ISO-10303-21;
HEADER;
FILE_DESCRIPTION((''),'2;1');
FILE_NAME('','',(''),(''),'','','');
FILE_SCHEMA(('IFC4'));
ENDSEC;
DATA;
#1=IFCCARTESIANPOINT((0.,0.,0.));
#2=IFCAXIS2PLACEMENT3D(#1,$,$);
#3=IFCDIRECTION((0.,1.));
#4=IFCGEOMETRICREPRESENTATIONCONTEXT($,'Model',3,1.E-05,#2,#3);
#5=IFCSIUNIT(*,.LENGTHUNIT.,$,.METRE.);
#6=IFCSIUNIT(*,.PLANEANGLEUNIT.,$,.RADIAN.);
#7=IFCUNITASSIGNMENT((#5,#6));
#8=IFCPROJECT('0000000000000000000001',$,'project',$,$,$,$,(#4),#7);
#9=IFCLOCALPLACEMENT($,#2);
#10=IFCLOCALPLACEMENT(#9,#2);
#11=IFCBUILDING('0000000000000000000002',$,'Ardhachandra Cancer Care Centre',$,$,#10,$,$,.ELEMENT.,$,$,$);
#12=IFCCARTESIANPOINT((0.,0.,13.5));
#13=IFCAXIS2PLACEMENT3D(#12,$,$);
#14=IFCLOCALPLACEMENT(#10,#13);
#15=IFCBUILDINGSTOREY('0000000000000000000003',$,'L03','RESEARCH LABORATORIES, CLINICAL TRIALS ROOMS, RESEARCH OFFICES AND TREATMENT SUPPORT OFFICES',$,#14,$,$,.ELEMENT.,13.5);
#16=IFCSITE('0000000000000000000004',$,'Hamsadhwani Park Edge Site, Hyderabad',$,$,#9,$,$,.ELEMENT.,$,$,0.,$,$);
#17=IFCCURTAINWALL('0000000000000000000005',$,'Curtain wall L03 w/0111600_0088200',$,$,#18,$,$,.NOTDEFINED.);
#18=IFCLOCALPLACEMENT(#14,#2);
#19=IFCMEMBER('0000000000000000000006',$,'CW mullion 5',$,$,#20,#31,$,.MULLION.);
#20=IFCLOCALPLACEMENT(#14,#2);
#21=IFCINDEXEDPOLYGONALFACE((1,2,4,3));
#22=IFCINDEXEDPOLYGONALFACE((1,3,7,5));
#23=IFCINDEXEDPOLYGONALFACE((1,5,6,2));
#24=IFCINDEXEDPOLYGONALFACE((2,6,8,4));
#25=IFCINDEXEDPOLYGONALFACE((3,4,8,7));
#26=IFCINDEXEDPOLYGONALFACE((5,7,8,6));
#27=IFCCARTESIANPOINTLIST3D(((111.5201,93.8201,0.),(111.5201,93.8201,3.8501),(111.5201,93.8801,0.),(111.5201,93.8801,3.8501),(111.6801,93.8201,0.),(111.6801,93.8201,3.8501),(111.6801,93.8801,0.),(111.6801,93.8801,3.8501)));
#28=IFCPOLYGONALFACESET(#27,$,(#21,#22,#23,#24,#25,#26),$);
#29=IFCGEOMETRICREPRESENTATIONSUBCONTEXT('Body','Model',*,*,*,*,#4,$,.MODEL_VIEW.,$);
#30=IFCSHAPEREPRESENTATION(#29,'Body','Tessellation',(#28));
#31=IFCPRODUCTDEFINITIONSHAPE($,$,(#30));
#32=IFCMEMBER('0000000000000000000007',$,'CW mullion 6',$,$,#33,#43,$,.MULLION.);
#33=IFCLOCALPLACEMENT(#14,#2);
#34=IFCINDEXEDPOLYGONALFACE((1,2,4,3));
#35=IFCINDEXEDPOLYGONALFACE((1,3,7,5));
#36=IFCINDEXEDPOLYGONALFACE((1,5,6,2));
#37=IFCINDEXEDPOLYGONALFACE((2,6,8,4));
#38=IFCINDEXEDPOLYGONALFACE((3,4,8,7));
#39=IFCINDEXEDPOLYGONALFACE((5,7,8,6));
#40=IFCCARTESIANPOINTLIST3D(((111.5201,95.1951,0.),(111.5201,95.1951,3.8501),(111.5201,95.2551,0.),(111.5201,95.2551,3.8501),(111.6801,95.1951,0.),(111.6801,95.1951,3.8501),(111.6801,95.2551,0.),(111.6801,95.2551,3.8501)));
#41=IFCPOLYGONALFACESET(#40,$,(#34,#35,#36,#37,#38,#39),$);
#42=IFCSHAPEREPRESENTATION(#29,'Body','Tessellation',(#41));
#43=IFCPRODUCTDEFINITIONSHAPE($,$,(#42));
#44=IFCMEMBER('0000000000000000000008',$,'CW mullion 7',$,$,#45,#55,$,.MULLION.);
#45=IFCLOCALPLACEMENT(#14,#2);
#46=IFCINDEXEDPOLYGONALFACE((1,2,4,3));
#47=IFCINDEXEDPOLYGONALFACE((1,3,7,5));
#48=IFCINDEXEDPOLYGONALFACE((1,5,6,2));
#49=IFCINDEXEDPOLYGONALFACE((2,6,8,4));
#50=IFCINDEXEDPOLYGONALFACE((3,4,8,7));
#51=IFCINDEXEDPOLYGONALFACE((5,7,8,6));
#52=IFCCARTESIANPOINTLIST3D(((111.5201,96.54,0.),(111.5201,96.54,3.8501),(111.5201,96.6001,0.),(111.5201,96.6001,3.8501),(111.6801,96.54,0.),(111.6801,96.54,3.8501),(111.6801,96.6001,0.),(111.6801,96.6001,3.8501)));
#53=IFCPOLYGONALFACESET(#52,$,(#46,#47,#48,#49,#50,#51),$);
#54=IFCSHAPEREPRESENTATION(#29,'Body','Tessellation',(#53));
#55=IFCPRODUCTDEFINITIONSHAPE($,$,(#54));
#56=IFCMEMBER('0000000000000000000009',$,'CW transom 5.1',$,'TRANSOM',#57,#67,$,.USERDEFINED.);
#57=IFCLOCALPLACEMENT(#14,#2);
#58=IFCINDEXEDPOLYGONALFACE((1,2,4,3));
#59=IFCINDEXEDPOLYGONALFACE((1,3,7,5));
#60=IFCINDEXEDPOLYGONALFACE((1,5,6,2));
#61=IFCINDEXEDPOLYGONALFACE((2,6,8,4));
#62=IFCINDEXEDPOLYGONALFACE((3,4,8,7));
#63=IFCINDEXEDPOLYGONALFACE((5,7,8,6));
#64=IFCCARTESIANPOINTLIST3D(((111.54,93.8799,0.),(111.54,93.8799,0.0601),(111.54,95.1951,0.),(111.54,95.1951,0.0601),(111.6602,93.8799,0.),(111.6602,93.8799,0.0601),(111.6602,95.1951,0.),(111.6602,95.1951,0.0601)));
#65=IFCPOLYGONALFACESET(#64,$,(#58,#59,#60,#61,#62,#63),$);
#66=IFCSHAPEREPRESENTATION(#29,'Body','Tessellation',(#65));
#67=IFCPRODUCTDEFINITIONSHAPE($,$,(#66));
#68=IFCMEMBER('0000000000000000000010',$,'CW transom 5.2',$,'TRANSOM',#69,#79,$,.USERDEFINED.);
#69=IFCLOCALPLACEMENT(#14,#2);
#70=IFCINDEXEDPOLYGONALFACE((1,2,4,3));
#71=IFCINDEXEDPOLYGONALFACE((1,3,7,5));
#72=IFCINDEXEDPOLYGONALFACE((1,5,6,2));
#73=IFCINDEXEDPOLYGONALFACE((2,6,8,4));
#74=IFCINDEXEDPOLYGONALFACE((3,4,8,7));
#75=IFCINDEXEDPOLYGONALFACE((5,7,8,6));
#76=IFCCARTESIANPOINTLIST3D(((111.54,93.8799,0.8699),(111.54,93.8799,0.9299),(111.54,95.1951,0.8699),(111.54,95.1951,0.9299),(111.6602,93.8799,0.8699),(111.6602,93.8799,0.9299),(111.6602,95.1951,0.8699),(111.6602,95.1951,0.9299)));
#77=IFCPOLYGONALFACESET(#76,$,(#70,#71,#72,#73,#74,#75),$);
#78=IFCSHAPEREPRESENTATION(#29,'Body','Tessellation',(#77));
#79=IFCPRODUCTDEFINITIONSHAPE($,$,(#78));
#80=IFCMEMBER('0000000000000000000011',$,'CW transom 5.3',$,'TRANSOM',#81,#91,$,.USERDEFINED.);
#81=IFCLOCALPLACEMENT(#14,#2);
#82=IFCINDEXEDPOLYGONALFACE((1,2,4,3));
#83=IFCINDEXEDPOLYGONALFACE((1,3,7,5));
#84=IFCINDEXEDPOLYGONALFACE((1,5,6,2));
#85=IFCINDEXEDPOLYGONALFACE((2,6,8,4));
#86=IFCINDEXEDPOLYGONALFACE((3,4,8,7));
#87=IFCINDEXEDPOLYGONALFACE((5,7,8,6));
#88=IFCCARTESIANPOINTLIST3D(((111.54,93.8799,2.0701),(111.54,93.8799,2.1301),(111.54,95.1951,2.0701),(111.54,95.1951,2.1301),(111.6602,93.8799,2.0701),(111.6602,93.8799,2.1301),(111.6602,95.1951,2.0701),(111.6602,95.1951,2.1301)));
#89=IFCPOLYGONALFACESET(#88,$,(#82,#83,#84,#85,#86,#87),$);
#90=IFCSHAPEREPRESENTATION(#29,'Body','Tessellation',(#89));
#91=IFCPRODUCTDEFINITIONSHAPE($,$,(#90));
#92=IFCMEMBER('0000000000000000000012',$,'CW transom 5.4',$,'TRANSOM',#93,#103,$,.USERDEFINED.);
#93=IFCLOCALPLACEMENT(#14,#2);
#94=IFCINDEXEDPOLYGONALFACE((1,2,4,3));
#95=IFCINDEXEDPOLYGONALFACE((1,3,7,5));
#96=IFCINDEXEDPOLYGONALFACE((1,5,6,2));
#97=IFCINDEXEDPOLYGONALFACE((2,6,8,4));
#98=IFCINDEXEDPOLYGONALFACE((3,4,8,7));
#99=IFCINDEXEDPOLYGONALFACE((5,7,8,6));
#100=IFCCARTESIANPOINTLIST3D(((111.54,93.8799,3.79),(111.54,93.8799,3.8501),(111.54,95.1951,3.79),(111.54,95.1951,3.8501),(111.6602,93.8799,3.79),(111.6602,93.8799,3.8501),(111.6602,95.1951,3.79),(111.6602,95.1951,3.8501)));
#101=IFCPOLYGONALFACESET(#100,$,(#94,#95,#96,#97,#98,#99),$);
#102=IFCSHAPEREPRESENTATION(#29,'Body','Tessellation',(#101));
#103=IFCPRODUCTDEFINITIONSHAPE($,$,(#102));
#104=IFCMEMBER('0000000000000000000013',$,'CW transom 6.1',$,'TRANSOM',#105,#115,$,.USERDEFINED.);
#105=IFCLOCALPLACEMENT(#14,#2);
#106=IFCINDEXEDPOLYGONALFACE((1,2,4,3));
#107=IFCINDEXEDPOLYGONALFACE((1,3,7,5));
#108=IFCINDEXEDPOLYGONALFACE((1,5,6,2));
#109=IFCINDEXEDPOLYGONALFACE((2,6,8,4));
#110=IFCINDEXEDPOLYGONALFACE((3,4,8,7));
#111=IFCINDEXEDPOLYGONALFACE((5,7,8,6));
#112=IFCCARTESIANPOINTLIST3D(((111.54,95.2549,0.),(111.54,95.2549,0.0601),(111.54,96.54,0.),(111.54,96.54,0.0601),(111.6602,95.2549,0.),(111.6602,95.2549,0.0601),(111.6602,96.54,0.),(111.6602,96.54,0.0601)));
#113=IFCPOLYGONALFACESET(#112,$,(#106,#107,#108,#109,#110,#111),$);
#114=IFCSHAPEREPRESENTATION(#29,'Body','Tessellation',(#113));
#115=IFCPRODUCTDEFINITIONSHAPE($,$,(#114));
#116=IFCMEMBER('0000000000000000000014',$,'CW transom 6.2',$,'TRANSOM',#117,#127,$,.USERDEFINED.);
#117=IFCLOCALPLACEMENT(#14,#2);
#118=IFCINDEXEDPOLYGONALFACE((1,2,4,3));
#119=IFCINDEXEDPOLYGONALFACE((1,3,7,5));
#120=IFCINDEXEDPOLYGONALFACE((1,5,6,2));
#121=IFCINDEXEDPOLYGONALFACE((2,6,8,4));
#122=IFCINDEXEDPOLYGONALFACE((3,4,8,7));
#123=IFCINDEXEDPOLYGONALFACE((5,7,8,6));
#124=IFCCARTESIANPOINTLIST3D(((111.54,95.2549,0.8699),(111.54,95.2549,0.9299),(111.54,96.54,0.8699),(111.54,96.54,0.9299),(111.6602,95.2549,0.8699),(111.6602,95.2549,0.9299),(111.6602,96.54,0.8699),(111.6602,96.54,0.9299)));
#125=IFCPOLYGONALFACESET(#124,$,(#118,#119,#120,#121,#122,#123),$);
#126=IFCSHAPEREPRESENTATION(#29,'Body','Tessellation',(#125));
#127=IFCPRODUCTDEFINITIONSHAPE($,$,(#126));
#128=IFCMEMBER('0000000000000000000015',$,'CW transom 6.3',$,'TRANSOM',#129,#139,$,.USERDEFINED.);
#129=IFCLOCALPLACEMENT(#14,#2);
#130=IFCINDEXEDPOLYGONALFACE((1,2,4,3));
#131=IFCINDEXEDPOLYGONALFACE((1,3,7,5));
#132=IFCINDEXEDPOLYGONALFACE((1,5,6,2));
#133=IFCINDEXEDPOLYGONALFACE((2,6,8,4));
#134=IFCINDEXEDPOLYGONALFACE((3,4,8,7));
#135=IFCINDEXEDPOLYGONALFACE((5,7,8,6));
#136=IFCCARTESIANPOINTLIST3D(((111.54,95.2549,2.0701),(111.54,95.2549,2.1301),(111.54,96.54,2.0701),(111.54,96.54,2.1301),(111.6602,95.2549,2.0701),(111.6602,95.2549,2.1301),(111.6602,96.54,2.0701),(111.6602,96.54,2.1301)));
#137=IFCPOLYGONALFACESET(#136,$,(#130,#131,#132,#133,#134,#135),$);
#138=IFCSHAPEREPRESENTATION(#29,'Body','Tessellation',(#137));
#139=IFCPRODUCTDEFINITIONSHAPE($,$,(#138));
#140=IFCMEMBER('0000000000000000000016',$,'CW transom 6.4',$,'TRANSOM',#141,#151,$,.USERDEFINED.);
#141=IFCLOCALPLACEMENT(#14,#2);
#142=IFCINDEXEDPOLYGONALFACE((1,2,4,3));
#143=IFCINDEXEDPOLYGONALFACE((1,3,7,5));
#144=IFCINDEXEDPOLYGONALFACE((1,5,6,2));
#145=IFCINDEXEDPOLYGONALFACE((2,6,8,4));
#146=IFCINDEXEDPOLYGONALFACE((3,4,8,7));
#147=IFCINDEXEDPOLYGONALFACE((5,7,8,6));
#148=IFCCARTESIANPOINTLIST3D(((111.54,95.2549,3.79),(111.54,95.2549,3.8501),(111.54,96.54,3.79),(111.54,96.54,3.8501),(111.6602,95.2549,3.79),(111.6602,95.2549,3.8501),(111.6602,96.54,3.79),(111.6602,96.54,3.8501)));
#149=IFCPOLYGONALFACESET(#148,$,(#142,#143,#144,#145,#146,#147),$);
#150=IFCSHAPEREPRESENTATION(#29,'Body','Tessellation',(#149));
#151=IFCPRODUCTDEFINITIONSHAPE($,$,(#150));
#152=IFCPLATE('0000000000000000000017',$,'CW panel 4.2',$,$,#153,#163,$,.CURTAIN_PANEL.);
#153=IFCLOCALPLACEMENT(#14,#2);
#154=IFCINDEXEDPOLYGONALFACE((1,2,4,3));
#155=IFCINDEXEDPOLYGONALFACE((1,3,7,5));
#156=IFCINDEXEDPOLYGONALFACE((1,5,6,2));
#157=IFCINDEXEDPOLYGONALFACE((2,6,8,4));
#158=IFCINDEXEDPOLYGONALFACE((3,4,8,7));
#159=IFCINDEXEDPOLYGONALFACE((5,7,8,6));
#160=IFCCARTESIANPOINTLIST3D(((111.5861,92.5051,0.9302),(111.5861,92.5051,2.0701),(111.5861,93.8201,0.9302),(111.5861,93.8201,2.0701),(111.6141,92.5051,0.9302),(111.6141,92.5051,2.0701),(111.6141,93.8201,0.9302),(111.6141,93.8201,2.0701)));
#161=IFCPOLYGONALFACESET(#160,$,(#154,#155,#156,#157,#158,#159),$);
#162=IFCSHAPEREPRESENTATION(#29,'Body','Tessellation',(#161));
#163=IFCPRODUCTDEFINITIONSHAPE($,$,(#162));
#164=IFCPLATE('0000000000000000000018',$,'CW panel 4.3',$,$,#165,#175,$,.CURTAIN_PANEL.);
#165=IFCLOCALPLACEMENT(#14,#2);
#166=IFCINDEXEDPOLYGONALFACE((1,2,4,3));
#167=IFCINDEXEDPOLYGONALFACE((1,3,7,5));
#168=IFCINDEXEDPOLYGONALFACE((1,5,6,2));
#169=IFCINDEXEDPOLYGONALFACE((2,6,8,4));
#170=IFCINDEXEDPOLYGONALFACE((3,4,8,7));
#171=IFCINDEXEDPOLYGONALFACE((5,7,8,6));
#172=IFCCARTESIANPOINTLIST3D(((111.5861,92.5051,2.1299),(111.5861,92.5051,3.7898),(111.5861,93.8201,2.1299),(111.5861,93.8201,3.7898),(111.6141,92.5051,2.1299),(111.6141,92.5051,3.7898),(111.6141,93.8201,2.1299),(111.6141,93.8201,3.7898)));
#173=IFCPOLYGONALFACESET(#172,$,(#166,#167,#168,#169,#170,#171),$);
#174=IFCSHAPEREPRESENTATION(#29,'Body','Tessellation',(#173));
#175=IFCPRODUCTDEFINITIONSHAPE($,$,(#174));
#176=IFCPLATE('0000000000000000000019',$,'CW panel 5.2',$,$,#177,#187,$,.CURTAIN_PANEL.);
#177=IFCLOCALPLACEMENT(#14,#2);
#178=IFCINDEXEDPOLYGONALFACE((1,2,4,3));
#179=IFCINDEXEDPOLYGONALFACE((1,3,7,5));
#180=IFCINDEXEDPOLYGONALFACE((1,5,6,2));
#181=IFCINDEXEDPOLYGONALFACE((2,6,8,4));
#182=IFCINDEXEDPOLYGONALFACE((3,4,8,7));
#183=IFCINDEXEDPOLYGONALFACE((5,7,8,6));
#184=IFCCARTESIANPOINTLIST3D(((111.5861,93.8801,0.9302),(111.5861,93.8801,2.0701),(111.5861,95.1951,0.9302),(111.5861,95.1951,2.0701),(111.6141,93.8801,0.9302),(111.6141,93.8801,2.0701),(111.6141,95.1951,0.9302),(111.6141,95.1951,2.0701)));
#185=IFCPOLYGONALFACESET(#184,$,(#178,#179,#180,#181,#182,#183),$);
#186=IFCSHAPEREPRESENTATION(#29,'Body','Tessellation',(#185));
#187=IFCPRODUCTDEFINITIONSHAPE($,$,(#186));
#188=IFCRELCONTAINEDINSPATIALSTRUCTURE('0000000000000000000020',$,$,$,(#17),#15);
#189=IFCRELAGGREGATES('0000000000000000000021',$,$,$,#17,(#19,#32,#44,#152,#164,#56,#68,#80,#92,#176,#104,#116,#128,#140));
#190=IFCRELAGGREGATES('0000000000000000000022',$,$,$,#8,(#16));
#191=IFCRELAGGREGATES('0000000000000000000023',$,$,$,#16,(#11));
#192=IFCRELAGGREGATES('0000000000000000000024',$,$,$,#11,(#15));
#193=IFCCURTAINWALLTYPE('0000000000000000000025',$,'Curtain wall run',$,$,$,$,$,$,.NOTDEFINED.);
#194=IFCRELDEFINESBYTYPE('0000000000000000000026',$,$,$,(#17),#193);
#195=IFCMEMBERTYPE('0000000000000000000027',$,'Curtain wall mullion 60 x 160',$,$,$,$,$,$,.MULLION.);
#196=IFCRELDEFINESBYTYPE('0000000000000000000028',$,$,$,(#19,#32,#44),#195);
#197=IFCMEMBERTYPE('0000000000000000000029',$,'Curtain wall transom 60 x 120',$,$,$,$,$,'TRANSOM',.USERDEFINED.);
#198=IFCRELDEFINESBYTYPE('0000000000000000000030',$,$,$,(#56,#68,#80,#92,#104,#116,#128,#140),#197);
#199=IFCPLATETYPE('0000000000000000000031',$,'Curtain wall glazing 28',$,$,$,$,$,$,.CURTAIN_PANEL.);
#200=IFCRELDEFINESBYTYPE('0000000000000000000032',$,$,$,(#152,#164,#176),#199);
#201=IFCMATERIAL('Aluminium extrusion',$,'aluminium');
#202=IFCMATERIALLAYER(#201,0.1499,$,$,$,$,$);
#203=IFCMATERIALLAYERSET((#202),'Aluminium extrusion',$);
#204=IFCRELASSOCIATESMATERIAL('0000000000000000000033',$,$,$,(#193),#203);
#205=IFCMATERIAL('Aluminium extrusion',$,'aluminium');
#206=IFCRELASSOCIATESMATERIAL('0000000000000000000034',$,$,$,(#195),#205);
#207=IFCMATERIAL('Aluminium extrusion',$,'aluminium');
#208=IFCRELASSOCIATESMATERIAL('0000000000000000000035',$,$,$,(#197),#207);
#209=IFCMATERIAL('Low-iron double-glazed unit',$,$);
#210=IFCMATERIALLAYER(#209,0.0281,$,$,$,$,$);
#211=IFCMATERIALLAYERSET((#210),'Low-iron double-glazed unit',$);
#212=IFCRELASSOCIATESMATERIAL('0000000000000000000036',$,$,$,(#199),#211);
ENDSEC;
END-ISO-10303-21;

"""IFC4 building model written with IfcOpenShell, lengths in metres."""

from ifc_helpers import new_model, si_unit, direction, frame, origin, origin_2d, place, context, subcontext, project, spatial, rectangle, extrude, material, layer, layer_set, material_profile, profile_set, type_object, element, aggregate, save


model = new_model("IFC4")

# Units and contexts
model_context = context("Model", 3, precision=1e-05, world=origin(), true_north=direction((0.0, 1.0)))
body_context = subcontext(model_context, "Body", "Model", "MODEL_VIEW")
ifc_project = project(units=[si_unit("LENGTHUNIT", "METRE"), si_unit("PLANEANGLEUNIT", "RADIAN")], contexts=[model_context])

# Site, building, storey
site_placement = place(None, origin())
site = spatial("IfcSite", under=ifc_project, at=site_placement, Name="Hamsadhwani Park Edge Site, Hyderabad", CompositionType="ELEMENT", RefElevation=0.0)
building_placement = place(site_placement, origin())
building = spatial("IfcBuilding", under=site, at=building_placement, Name="Ardhachandra Cancer Care Centre", CompositionType="ELEMENT")
storey_placement = place(building_placement, frame((0.0, 0.0, 13.5)))
storey = spatial("IfcBuildingStorey", under=building, at=storey_placement, Name="L03", Description="RESEARCH LABORATORIES, CLINICAL TRIALS ROOMS, RESEARCH OFFICES AND TREATMENT SUPPORT OFFICES", CompositionType="ELEMENT", Elevation=13.5)

# Curtain wall, members, plates
ifc_material_1 = material(Name="Aluminium extrusion", Category="aluminium")
ifc_layer_1 = layer(ifc_material_1, 0.1499)
ifc_layer_set_1 = layer_set([ifc_layer_1], Name="Aluminium extrusion")
curtain_wall_type = type_object("IfcCurtainWallType", Name="Curtain wall run", PredefinedType="NOTDEFINED", material=ifc_layer_set_1)
curtain_wall_placement = place(storey_placement, origin())
curtain_wall = element("IfcCurtainWall", 1, at=curtain_wall_placement, inside=storey, type_object=curtain_wall_type, Name="Curtain wall L03 w/0111600_0088200", PredefinedType="NOTDEFINED")
ifc_material_2 = material(Name="Aluminium extrusion", Category="aluminium")
ifc_material_profile_1 = material_profile(ifc_material_2, rectangle(XDim=0.1599, YDim=0.0601, at=origin_2d()), Name="Curtain wall mullion 60 x 160")
ifc_profile_set_1 = profile_set([ifc_material_profile_1], Name="Aluminium extrusion")
member_type_1 = type_object("IfcMemberType", Name="Curtain wall mullion 60 x 160", PredefinedType="MULLION", material=ifc_profile_set_1)
member_1_placement = place(storey_placement, frame((111.6001, 93.8501, 0.0), z_axis=(0.0, 0.0, 1.0), x_axis=(-1.0, 0.0, 0.0)))
member_1 = element("IfcMember", 2, at=member_1_placement, type_object=member_type_1, Name="CW mullion 5", PredefinedType="MULLION", context=body_context, shape_type="SweptSolid", body=[
    extrude(rectangle(XDim=0.1599, YDim=0.0601, at=origin_2d()), origin(), (0.0, 0.0, 1.0), 3.8501),
])
member_2_placement = place(storey_placement, frame((111.6001, 95.2251, 0.0), z_axis=(0.0, 0.0, 1.0), x_axis=(-1.0, 0.0, 0.0)))
member_2 = element("IfcMember", 3, at=member_2_placement, type_object=member_type_1, Name="CW mullion 6", PredefinedType="MULLION", context=body_context, shape_type="SweptSolid", body=[
    extrude(rectangle(XDim=0.1599, YDim=0.0601, at=origin_2d()), origin(), (0.0, 0.0, 1.0), 3.8501),
])
member_3_placement = place(storey_placement, frame((111.6001, 96.5701, 0.0), z_axis=(0.0, 0.0, 1.0), x_axis=(-1.0, 0.0, 0.0)))
member_3 = element("IfcMember", 4, at=member_3_placement, type_object=member_type_1, Name="CW mullion 7", PredefinedType="MULLION", context=body_context, shape_type="SweptSolid", body=[
    extrude(rectangle(XDim=0.1599, YDim=0.0601, at=origin_2d()), origin(), (0.0, 0.0, 1.0), 3.8501),
])
ifc_material_3 = material(Name="Aluminium extrusion", Category="aluminium")
ifc_material_profile_2 = material_profile(ifc_material_3, rectangle(XDim=0.1201, YDim=0.0601, at=origin_2d()), Name="Curtain wall transom 60 x 120")
ifc_profile_set_2 = profile_set([ifc_material_profile_2], Name="Aluminium extrusion")
member_type_2 = type_object("IfcMemberType", Name="Curtain wall transom 60 x 120", ElementType="TRANSOM", PredefinedType="USERDEFINED", material=ifc_profile_set_2)
member_4_placement = place(storey_placement, frame((111.6001, 93.8799, 0.03), z_axis=(0.0, 1.0, 0.0), x_axis=(-1.0, 0.0, 0.0)))
member_4 = element("IfcMember", 5, at=member_4_placement, type_object=member_type_2, Name="CW transom 5.1", ObjectType="TRANSOM", PredefinedType="USERDEFINED", context=body_context, shape_type="SweptSolid", body=[
    extrude(rectangle(XDim=0.1201, YDim=0.0601, at=origin_2d()), origin(), (0.0, 0.0, 1.0), 1.3152),
])
member_5_placement = place(storey_placement, frame((111.6001, 93.8799, 0.8999), z_axis=(0.0, 1.0, 0.0), x_axis=(-1.0, 0.0, 0.0)))
member_5 = element("IfcMember", 6, at=member_5_placement, type_object=member_type_2, Name="CW transom 5.2", ObjectType="TRANSOM", PredefinedType="USERDEFINED", context=body_context, shape_type="SweptSolid", body=[
    extrude(rectangle(XDim=0.1201, YDim=0.0601, at=origin_2d()), origin(), (0.0, 0.0, 1.0), 1.3152),
])
member_6_placement = place(storey_placement, frame((111.6001, 93.8799, 2.1001), z_axis=(0.0, 1.0, 0.0), x_axis=(-1.0, 0.0, 0.0)))
member_6 = element("IfcMember", 7, at=member_6_placement, type_object=member_type_2, Name="CW transom 5.3", ObjectType="TRANSOM", PredefinedType="USERDEFINED", context=body_context, shape_type="SweptSolid", body=[
    extrude(rectangle(XDim=0.1201, YDim=0.0601, at=origin_2d()), origin(), (0.0, 0.0, 1.0), 1.3152),
])
member_7_placement = place(storey_placement, frame((111.6001, 93.8799, 3.8201), z_axis=(0.0, 1.0, 0.0), x_axis=(-1.0, 0.0, 0.0)))
member_7 = element("IfcMember", 8, at=member_7_placement, type_object=member_type_2, Name="CW transom 5.4", ObjectType="TRANSOM", PredefinedType="USERDEFINED", context=body_context, shape_type="SweptSolid", body=[
    extrude(rectangle(XDim=0.1201, YDim=0.0601, at=origin_2d()), origin(), (0.0, 0.0, 1.0), 1.3152),
])
member_8_placement = place(storey_placement, frame((111.6001, 95.2549, 0.03), z_axis=(0.0, 1.0, 0.0), x_axis=(-1.0, 0.0, 0.0)))
member_8 = element("IfcMember", 9, at=member_8_placement, type_object=member_type_2, Name="CW transom 6.1", ObjectType="TRANSOM", PredefinedType="USERDEFINED", context=body_context, shape_type="SweptSolid", body=[
    extrude(rectangle(XDim=0.1201, YDim=0.0601, at=origin_2d()), origin(), (0.0, 0.0, 1.0), 1.2852),
])
member_9_placement = place(storey_placement, frame((111.6001, 95.2549, 0.8999), z_axis=(0.0, 1.0, 0.0), x_axis=(-1.0, 0.0, 0.0)))
member_9 = element("IfcMember", 10, at=member_9_placement, type_object=member_type_2, Name="CW transom 6.2", ObjectType="TRANSOM", PredefinedType="USERDEFINED", context=body_context, shape_type="SweptSolid", body=[
    extrude(rectangle(XDim=0.1201, YDim=0.0601, at=origin_2d()), origin(), (0.0, 0.0, 1.0), 1.2852),
])
member_10_placement = place(storey_placement, frame((111.6001, 95.2549, 2.1001), z_axis=(0.0, 1.0, 0.0), x_axis=(-1.0, 0.0, 0.0)))
member_10 = element("IfcMember", 11, at=member_10_placement, type_object=member_type_2, Name="CW transom 6.3", ObjectType="TRANSOM", PredefinedType="USERDEFINED", context=body_context, shape_type="SweptSolid", body=[
    extrude(rectangle(XDim=0.1201, YDim=0.0601, at=origin_2d()), origin(), (0.0, 0.0, 1.0), 1.2852),
])
member_11_placement = place(storey_placement, frame((111.6001, 95.2549, 3.8201), z_axis=(0.0, 1.0, 0.0), x_axis=(-1.0, 0.0, 0.0)))
member_11 = element("IfcMember", 12, at=member_11_placement, type_object=member_type_2, Name="CW transom 6.4", ObjectType="TRANSOM", PredefinedType="USERDEFINED", context=body_context, shape_type="SweptSolid", body=[
    extrude(rectangle(XDim=0.1201, YDim=0.0601, at=origin_2d()), origin(), (0.0, 0.0, 1.0), 1.2852),
])
ifc_material_4 = material(Name="Low-iron double-glazed unit")
ifc_layer_2 = layer(ifc_material_4, 0.0281)
ifc_layer_set_2 = layer_set([ifc_layer_2], Name="Low-iron double-glazed unit")
plate_type_1 = type_object("IfcPlateType", Name="Curtain wall glazing 28", PredefinedType="CURTAIN_PANEL", material=ifc_layer_set_2)
plate_1_placement = place(storey_placement, frame((111.6001, 93.1626, 0.9302), z_axis=(0.0, 0.0, 1.0), x_axis=(0.0, 1.0, 0.0)))
plate_1 = element("IfcPlate", 13, at=plate_1_placement, type_object=plate_type_1, Name="CW panel 4.2", PredefinedType="CURTAIN_PANEL", context=body_context, shape_type="SweptSolid", body=[
    extrude(rectangle(XDim=1.3149, YDim=0.0281, at=origin_2d()), origin(), (0.0, 0.0, 1.0), 1.1399),
])
plate_2_placement = place(storey_placement, frame((111.6001, 93.1626, 2.1299), z_axis=(0.0, 0.0, 1.0), x_axis=(0.0, 1.0, 0.0)))
plate_2 = element("IfcPlate", 14, at=plate_2_placement, type_object=plate_type_1, Name="CW panel 4.3", PredefinedType="CURTAIN_PANEL", context=body_context, shape_type="SweptSolid", body=[
    extrude(rectangle(XDim=1.3149, YDim=0.0281, at=origin_2d()), origin(), (0.0, 0.0, 1.0), 1.6599),
])
plate_3_placement = place(storey_placement, frame((111.6001, 94.5376, 0.9302), z_axis=(0.0, 0.0, 1.0), x_axis=(0.0, 1.0, 0.0)))
plate_3 = element("IfcPlate", 15, at=plate_3_placement, type_object=plate_type_1, Name="CW panel 5.2", PredefinedType="CURTAIN_PANEL", context=body_context, shape_type="SweptSolid", body=[
    extrude(rectangle(XDim=1.3149, YDim=0.0281, at=origin_2d()), origin(), (0.0, 0.0, 1.0), 1.1399),
])
aggregate(curtain_wall, [member_1, member_2, member_3, plate_1, plate_2, member_4, member_5, member_6, member_7, plate_3, member_8, member_9, member_10, member_11])

save(model, "model.ifc")
